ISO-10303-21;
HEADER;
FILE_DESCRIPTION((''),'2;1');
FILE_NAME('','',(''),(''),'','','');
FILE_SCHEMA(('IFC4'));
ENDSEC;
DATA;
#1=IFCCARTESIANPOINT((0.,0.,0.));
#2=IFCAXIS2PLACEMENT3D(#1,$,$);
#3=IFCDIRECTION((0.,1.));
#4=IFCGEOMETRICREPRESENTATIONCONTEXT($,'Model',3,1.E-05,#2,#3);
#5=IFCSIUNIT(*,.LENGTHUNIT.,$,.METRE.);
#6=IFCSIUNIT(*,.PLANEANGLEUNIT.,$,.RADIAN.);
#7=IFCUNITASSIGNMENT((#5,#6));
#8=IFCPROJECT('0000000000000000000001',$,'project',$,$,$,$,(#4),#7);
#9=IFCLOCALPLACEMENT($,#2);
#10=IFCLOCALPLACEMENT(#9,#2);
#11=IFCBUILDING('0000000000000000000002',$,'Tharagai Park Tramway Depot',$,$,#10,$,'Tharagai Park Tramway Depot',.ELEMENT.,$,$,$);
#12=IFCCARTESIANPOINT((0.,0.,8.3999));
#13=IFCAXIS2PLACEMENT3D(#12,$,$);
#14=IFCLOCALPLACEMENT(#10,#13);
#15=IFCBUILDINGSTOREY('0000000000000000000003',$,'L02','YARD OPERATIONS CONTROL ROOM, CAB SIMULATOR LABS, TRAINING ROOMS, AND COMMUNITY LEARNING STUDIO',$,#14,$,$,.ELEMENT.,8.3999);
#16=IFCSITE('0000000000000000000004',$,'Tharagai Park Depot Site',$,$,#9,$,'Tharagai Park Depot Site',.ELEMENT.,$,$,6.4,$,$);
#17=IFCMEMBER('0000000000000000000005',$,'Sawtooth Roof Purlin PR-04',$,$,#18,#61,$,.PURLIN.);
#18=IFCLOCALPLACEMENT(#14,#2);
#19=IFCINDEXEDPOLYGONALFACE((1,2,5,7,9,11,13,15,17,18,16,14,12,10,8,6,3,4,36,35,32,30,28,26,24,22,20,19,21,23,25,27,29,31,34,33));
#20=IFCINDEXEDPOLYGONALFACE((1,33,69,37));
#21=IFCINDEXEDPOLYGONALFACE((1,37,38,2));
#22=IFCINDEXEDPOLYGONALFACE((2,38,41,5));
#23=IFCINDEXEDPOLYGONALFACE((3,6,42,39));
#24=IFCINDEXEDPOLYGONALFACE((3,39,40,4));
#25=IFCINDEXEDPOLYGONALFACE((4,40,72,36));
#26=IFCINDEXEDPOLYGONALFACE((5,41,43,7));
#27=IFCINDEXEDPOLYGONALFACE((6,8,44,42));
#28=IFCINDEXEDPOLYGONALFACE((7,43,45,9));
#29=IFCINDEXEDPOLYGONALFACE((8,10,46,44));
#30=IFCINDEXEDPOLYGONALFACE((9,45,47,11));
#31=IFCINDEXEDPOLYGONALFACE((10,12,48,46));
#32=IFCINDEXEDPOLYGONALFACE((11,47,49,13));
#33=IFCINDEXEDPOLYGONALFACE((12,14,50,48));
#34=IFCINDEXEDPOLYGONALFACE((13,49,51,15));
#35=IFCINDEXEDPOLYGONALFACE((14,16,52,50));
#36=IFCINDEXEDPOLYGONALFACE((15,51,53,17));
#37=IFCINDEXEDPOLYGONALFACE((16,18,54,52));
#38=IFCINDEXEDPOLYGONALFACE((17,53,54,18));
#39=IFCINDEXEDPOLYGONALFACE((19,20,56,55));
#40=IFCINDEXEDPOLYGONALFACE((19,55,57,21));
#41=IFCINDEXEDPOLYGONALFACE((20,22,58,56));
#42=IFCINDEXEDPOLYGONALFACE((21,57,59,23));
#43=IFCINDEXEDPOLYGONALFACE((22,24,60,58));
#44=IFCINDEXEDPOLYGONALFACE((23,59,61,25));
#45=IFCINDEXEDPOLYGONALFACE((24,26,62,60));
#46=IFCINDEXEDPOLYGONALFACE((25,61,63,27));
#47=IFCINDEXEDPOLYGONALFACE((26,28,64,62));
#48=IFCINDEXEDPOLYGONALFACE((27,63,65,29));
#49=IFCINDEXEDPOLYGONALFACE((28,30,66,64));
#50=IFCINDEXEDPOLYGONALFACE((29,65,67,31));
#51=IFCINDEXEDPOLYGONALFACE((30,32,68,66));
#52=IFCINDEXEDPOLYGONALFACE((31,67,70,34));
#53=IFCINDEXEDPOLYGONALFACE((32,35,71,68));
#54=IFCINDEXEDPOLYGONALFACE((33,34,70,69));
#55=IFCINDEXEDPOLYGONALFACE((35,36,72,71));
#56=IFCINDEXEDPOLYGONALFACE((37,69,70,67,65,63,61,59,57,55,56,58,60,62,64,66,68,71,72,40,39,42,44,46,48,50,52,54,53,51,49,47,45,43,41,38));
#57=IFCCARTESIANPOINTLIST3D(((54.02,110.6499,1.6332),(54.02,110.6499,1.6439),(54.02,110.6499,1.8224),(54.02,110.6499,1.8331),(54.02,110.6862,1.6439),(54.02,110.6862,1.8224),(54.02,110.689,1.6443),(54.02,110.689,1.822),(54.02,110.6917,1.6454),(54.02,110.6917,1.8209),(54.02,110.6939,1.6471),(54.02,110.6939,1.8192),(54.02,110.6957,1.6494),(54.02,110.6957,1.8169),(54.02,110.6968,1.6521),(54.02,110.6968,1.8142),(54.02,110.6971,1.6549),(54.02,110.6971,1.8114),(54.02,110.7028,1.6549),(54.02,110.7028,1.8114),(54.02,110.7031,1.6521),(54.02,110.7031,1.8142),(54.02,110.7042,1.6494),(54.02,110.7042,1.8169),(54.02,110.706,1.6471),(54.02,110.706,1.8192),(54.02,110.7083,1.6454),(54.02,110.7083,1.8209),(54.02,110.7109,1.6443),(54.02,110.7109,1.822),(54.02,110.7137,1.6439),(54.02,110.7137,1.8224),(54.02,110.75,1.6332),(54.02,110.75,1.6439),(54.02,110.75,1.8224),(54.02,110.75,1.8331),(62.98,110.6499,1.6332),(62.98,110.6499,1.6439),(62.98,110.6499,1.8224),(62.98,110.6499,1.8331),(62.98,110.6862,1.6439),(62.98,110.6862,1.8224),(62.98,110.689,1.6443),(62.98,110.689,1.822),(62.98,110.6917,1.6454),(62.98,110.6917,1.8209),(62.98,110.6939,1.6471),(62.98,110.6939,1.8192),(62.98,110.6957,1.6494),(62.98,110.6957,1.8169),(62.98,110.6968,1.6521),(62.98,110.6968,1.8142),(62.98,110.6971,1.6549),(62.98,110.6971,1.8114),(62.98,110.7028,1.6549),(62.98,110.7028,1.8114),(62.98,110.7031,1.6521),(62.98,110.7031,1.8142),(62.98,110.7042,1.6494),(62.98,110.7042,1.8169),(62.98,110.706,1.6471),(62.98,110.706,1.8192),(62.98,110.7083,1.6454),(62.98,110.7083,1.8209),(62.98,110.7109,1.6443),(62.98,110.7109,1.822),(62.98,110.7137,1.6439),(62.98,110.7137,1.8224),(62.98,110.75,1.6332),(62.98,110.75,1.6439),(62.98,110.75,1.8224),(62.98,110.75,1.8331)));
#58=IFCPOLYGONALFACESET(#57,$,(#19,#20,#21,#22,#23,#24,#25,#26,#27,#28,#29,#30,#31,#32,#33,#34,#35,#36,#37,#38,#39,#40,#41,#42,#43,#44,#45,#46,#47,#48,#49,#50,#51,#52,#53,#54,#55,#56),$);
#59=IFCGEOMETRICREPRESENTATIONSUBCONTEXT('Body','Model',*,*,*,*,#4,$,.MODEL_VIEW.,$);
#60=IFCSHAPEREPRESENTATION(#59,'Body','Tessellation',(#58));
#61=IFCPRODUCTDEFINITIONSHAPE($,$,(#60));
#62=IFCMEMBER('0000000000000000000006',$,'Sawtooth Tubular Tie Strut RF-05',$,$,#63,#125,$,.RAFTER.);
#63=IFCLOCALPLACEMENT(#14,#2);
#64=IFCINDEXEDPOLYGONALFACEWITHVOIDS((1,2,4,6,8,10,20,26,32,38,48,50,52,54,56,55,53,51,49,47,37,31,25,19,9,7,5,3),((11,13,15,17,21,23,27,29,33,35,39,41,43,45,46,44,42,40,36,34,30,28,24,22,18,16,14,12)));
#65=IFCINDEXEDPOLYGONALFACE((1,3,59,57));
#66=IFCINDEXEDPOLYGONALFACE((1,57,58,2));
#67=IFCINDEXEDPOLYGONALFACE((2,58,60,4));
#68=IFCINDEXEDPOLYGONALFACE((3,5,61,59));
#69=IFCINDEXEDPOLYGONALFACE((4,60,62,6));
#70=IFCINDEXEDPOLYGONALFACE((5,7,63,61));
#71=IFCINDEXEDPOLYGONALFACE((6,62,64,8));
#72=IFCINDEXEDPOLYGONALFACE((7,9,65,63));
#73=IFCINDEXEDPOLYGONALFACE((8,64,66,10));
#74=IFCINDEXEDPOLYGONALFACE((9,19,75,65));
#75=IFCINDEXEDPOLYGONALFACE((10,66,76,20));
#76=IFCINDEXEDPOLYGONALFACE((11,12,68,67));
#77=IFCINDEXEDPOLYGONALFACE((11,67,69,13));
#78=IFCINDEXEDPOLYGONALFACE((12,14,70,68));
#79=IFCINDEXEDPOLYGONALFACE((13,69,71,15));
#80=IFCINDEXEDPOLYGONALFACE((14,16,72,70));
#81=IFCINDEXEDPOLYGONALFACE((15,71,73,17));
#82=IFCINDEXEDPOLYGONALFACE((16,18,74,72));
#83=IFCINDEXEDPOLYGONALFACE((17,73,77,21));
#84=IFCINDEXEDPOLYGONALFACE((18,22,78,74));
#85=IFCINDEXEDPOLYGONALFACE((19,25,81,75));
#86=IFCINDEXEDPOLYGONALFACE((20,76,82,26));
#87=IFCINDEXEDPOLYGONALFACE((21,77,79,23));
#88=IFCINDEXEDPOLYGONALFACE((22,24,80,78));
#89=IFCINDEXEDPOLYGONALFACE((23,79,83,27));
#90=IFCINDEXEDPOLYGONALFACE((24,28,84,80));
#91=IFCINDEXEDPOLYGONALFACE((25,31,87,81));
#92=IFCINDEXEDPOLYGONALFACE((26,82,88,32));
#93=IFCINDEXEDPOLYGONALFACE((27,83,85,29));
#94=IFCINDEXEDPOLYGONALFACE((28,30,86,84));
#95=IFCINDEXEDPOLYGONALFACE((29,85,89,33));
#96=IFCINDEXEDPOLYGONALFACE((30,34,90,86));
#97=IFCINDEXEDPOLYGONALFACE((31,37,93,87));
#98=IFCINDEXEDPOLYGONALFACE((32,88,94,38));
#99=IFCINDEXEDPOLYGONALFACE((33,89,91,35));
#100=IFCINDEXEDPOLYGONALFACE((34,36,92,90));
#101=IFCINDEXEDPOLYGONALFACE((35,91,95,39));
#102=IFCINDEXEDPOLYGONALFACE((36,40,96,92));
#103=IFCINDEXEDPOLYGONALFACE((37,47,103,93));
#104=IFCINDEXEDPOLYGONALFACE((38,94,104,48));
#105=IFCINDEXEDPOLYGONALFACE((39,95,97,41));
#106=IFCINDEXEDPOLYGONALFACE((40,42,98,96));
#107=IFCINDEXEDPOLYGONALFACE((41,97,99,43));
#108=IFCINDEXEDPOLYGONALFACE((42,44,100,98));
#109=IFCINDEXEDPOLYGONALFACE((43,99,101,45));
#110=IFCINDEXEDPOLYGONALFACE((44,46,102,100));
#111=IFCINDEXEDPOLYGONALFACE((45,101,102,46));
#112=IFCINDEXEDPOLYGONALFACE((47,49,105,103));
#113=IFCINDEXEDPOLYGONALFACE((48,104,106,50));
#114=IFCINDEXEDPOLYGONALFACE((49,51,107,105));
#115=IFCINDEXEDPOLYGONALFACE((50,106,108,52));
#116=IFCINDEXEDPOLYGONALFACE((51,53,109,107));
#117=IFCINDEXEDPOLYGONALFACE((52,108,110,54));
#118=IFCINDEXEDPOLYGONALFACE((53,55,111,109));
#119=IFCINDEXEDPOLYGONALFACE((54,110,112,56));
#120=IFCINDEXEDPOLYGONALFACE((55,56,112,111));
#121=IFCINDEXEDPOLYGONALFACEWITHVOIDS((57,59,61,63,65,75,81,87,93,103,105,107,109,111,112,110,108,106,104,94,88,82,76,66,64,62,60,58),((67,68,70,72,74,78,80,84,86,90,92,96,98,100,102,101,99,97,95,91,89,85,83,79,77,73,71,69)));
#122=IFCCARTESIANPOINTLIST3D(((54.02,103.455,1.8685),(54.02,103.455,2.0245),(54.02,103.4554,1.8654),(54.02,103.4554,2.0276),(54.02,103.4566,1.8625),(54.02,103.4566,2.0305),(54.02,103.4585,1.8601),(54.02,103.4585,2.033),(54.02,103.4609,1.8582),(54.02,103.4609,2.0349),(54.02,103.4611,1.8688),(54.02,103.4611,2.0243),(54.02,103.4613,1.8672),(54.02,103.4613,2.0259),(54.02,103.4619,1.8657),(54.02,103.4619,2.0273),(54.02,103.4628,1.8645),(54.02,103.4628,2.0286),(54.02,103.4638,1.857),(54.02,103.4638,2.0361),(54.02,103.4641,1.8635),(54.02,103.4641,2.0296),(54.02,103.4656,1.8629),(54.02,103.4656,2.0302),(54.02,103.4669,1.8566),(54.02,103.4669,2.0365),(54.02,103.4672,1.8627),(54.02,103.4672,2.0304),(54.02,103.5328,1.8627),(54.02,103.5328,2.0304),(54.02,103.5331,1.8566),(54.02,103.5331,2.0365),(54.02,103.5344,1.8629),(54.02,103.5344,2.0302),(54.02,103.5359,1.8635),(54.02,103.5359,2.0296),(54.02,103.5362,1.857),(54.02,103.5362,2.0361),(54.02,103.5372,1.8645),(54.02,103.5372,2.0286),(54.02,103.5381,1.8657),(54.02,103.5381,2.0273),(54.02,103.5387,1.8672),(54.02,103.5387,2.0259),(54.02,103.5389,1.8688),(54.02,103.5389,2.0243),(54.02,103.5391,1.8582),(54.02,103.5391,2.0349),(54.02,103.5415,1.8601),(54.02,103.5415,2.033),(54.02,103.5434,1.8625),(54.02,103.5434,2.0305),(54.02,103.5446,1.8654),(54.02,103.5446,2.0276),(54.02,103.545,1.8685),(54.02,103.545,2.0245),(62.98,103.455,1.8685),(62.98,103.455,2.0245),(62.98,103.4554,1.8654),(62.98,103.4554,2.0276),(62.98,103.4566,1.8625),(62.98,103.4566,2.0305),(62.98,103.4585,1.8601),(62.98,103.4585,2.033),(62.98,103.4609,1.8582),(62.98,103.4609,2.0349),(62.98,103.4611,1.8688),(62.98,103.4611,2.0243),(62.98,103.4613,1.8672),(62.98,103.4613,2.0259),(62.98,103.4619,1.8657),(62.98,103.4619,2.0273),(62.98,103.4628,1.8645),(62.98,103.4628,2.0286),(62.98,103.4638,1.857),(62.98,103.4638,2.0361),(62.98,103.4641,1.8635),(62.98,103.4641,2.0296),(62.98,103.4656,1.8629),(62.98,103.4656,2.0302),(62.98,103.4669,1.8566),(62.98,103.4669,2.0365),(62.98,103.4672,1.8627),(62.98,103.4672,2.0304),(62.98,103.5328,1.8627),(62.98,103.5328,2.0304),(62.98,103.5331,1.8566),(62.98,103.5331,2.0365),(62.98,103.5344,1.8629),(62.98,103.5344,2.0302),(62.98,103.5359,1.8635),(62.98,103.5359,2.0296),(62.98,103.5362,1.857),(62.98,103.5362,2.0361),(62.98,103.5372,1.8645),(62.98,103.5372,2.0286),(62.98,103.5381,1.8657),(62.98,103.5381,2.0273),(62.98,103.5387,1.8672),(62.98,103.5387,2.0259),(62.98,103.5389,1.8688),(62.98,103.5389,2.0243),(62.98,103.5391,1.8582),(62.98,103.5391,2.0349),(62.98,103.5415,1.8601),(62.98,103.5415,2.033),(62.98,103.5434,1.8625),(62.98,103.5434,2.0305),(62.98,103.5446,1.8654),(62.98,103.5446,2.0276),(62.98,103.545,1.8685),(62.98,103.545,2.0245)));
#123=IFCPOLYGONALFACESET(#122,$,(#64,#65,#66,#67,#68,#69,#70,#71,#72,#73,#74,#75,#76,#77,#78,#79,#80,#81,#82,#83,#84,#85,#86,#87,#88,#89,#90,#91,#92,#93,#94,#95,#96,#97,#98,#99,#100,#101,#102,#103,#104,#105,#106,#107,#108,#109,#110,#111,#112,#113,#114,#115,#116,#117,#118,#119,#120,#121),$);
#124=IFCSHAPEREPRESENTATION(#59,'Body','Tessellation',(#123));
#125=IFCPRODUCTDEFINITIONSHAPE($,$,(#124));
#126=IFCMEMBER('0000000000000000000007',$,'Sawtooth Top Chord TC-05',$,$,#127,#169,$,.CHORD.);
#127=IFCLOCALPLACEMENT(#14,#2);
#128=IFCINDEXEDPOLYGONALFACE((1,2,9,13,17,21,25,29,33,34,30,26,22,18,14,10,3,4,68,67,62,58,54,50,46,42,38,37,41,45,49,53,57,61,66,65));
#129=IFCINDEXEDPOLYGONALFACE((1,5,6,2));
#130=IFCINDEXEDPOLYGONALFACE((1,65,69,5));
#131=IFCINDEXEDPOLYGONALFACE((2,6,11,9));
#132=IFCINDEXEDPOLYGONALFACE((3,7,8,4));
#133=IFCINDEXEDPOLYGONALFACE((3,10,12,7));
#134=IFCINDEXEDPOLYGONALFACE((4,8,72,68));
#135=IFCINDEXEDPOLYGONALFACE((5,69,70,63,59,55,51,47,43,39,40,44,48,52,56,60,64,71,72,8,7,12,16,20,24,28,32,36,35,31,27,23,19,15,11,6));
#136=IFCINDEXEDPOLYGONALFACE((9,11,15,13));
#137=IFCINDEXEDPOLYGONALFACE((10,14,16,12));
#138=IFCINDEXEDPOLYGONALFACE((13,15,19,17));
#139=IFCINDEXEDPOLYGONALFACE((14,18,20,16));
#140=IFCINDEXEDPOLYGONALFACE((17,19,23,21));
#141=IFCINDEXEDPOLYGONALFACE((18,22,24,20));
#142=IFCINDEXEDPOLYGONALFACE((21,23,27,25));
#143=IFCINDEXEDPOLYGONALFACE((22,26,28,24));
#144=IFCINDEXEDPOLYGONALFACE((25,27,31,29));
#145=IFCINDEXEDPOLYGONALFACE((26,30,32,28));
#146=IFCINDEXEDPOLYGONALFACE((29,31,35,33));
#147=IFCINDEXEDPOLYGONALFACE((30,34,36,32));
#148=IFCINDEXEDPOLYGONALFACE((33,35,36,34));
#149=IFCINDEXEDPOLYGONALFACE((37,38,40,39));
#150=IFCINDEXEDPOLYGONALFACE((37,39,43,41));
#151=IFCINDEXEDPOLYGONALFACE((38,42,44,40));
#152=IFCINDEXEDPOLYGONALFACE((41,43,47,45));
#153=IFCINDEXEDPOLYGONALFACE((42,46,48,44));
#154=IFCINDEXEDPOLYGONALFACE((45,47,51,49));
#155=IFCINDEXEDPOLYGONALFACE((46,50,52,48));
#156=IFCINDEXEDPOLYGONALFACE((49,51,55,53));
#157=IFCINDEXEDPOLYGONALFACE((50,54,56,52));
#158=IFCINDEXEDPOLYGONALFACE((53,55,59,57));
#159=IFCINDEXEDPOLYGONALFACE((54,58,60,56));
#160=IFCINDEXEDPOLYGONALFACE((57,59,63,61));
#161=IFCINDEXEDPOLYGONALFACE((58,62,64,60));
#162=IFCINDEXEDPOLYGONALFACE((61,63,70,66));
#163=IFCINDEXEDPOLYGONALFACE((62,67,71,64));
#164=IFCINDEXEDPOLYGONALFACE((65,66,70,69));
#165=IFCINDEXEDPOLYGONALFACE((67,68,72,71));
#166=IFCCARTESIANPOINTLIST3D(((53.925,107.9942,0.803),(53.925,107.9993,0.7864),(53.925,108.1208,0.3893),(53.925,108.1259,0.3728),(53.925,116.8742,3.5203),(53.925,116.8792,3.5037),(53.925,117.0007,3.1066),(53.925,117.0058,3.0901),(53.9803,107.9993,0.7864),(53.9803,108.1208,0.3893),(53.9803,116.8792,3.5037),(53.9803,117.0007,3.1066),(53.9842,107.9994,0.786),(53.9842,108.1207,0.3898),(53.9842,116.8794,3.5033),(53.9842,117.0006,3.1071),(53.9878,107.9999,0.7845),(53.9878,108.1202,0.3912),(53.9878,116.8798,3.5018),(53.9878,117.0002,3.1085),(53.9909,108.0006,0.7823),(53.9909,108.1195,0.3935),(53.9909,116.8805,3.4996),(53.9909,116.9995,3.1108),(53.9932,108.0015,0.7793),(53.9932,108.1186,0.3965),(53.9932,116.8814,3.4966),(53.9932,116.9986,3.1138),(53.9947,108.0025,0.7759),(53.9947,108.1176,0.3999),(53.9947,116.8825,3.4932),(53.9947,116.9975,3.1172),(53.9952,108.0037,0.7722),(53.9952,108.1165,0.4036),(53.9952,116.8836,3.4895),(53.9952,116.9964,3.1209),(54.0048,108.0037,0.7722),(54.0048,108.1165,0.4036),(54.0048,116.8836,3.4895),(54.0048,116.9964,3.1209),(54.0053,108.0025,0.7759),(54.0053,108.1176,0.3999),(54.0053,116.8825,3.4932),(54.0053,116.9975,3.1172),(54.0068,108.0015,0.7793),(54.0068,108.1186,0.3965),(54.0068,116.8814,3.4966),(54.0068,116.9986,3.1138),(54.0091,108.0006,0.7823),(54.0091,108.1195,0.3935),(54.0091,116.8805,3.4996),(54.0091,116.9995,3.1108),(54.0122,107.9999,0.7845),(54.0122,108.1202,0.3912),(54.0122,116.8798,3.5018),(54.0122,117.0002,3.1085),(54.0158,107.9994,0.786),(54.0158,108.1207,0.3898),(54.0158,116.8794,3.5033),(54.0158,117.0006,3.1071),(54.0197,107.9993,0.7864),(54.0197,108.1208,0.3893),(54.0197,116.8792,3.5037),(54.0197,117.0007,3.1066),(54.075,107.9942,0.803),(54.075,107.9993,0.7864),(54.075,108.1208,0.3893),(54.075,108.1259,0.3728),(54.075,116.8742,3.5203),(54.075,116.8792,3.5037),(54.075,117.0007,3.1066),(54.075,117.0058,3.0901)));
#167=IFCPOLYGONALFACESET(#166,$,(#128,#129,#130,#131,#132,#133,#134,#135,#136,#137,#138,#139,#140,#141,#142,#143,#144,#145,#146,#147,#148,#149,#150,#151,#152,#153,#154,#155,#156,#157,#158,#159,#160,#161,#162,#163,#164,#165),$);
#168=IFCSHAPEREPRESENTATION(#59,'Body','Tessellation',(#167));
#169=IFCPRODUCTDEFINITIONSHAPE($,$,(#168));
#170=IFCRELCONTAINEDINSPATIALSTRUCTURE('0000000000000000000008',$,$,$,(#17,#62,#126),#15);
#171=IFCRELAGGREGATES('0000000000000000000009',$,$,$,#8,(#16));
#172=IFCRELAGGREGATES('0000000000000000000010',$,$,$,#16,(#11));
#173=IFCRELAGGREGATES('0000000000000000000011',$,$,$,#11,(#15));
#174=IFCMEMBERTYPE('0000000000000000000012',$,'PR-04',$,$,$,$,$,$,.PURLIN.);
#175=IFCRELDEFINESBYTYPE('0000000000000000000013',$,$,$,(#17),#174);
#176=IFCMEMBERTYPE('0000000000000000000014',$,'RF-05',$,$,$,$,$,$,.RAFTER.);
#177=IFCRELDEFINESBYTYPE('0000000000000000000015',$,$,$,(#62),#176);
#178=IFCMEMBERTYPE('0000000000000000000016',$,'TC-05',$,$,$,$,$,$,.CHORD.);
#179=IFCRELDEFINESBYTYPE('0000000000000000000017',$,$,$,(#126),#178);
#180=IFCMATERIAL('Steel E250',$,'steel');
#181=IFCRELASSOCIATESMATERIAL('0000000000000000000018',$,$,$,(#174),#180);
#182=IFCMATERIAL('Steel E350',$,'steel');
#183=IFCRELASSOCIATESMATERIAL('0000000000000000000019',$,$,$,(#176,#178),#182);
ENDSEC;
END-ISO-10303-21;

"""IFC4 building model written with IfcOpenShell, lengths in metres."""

from ifc_helpers import new_model, si_unit, direction, frame, origin, origin_2d, place, context, subcontext, project, spatial, hollow_rectangle, i_section, extrude, material, material_profile, profile_set, type_object, element, save


model = new_model("IFC4")

# Units and contexts
model_context = context("Model", 3, precision=1e-05, world=origin(), true_north=direction((0.0, 1.0)))
body_context = subcontext(model_context, "Body", "Model", "MODEL_VIEW")
ifc_project = project(units=[si_unit("LENGTHUNIT", "METRE"), si_unit("PLANEANGLEUNIT", "RADIAN")], contexts=[model_context])

# Site, building, storey
site_placement = place(None, origin())
site = spatial("IfcSite", under=ifc_project, at=site_placement, Name="Tharagai Park Depot Site", LongName="Tharagai Park Depot Site", CompositionType="ELEMENT", RefElevation=6.4)
building_placement = place(site_placement, origin())
building = spatial("IfcBuilding", under=site, at=building_placement, Name="Tharagai Park Tramway Depot", LongName="Tharagai Park Tramway Depot", CompositionType="ELEMENT")
storey_placement = place(building_placement, frame((0.0, 0.0, 8.3999)))
storey = spatial("IfcBuildingStorey", under=building, at=storey_placement, Name="L02", Description="YARD OPERATIONS CONTROL ROOM, CAB SIMULATOR LABS, TRAINING ROOMS, AND COMMUNITY LEARNING STUDIO", CompositionType="ELEMENT", Elevation=8.3999)

# Shared definitions
ifc_material_1 = material(Name="Steel E350", Category="steel")

# Members
ifc_material_2 = material(Name="Steel E250", Category="steel")
ifc_material_profile_1 = material_profile(ifc_material_2, i_section(OverallWidth=0.1001, OverallDepth=0.2, WebThickness=0.0056, FlangeThickness=0.0107, FilletRadius=0.011, at=origin_2d()), Name="ISMB 200")
ifc_profile_set_1 = profile_set([ifc_material_profile_1], Name="Steel E250")
member_type_1 = type_object("IfcMemberType", Name="PR-04", PredefinedType="PURLIN", material=ifc_profile_set_1)
member_1_placement = place(storey_placement, frame((54.02, 110.7, 1.7332), z_axis=(1.0, 0.0, 0.0), x_axis=(0.0, 1.0, 0.0)))
element("IfcMember", 1, at=member_1_placement, inside=storey, type_object=member_type_1, Name="Sawtooth Roof Purlin PR-04", PredefinedType="PURLIN", context=body_context, shape_type="SweptSolid", body=[
    extrude(i_section(OverallWidth=0.1001, OverallDepth=0.2, WebThickness=0.0056, FlangeThickness=0.0107, FilletRadius=0.011, at=origin_2d()), origin(), (0.0, 0.0, 1.0), 8.96),
])
ifc_material_profile_2 = material_profile(ifc_material_1, hollow_rectangle(XDim=0.0901, YDim=0.1799, WallThickness=0.0061, InnerFilletRadius=0.0061, OuterFilletRadius=0.012, at=origin_2d()), Name="RHS 180x90x6")
ifc_profile_set_2 = profile_set([ifc_material_profile_2], Name="Steel E350")
member_type_2 = type_object("IfcMemberType", Name="RF-05", PredefinedType="RAFTER", material=ifc_profile_set_2)
member_2_placement = place(storey_placement, frame((54.02, 103.5, 1.9465), z_axis=(1.0, 0.0, 0.0), x_axis=(0.0, 1.0, 0.0)))
element("IfcMember", 2, at=member_2_placement, inside=storey, type_object=member_type_2, Name="Sawtooth Tubular Tie Strut RF-05", PredefinedType="RAFTER", context=body_context, shape_type="SweptSolid", body=[
    extrude(hollow_rectangle(XDim=0.0901, YDim=0.1799, WallThickness=0.0061, InnerFilletRadius=0.0061, OuterFilletRadius=0.012, at=origin_2d()), origin(), (0.0, 0.0, 1.0), 8.96),
])
ifc_material_profile_3 = material_profile(ifc_material_1, i_section(OverallWidth=0.1499, OverallDepth=0.45, WebThickness=0.0095, FlangeThickness=0.0173, FilletRadius=0.0149, at=origin_2d()), Name="ISMB 450")
ifc_profile_set_3 = profile_set([ifc_material_profile_3], Name="Steel E350")
member_type_3 = type_object("IfcMemberType", Name="TC-05", PredefinedType="CHORD", material=ifc_profile_set_3)
member_3_placement = place(storey_placement, frame((54.0, 108.0601, 0.5879), z_axis=(0.0, 0.956231, 0.292611), x_axis=(-1.0, 0.0, 0.0)))
element("IfcMember", 3, at=member_3_placement, inside=storey, type_object=member_type_3, Name="Sawtooth Top Chord TC-05", PredefinedType="CHORD", context=body_context, shape_type="SweptSolid", body=[
    extrude(i_section(OverallWidth=0.1499, OverallDepth=0.45, WebThickness=0.0095, FlangeThickness=0.0173, FilletRadius=0.0149, at=origin_2d()), origin(), (0.0, 0.0, 1.0), 9.2864),
])

save(model, "model.ifc")
